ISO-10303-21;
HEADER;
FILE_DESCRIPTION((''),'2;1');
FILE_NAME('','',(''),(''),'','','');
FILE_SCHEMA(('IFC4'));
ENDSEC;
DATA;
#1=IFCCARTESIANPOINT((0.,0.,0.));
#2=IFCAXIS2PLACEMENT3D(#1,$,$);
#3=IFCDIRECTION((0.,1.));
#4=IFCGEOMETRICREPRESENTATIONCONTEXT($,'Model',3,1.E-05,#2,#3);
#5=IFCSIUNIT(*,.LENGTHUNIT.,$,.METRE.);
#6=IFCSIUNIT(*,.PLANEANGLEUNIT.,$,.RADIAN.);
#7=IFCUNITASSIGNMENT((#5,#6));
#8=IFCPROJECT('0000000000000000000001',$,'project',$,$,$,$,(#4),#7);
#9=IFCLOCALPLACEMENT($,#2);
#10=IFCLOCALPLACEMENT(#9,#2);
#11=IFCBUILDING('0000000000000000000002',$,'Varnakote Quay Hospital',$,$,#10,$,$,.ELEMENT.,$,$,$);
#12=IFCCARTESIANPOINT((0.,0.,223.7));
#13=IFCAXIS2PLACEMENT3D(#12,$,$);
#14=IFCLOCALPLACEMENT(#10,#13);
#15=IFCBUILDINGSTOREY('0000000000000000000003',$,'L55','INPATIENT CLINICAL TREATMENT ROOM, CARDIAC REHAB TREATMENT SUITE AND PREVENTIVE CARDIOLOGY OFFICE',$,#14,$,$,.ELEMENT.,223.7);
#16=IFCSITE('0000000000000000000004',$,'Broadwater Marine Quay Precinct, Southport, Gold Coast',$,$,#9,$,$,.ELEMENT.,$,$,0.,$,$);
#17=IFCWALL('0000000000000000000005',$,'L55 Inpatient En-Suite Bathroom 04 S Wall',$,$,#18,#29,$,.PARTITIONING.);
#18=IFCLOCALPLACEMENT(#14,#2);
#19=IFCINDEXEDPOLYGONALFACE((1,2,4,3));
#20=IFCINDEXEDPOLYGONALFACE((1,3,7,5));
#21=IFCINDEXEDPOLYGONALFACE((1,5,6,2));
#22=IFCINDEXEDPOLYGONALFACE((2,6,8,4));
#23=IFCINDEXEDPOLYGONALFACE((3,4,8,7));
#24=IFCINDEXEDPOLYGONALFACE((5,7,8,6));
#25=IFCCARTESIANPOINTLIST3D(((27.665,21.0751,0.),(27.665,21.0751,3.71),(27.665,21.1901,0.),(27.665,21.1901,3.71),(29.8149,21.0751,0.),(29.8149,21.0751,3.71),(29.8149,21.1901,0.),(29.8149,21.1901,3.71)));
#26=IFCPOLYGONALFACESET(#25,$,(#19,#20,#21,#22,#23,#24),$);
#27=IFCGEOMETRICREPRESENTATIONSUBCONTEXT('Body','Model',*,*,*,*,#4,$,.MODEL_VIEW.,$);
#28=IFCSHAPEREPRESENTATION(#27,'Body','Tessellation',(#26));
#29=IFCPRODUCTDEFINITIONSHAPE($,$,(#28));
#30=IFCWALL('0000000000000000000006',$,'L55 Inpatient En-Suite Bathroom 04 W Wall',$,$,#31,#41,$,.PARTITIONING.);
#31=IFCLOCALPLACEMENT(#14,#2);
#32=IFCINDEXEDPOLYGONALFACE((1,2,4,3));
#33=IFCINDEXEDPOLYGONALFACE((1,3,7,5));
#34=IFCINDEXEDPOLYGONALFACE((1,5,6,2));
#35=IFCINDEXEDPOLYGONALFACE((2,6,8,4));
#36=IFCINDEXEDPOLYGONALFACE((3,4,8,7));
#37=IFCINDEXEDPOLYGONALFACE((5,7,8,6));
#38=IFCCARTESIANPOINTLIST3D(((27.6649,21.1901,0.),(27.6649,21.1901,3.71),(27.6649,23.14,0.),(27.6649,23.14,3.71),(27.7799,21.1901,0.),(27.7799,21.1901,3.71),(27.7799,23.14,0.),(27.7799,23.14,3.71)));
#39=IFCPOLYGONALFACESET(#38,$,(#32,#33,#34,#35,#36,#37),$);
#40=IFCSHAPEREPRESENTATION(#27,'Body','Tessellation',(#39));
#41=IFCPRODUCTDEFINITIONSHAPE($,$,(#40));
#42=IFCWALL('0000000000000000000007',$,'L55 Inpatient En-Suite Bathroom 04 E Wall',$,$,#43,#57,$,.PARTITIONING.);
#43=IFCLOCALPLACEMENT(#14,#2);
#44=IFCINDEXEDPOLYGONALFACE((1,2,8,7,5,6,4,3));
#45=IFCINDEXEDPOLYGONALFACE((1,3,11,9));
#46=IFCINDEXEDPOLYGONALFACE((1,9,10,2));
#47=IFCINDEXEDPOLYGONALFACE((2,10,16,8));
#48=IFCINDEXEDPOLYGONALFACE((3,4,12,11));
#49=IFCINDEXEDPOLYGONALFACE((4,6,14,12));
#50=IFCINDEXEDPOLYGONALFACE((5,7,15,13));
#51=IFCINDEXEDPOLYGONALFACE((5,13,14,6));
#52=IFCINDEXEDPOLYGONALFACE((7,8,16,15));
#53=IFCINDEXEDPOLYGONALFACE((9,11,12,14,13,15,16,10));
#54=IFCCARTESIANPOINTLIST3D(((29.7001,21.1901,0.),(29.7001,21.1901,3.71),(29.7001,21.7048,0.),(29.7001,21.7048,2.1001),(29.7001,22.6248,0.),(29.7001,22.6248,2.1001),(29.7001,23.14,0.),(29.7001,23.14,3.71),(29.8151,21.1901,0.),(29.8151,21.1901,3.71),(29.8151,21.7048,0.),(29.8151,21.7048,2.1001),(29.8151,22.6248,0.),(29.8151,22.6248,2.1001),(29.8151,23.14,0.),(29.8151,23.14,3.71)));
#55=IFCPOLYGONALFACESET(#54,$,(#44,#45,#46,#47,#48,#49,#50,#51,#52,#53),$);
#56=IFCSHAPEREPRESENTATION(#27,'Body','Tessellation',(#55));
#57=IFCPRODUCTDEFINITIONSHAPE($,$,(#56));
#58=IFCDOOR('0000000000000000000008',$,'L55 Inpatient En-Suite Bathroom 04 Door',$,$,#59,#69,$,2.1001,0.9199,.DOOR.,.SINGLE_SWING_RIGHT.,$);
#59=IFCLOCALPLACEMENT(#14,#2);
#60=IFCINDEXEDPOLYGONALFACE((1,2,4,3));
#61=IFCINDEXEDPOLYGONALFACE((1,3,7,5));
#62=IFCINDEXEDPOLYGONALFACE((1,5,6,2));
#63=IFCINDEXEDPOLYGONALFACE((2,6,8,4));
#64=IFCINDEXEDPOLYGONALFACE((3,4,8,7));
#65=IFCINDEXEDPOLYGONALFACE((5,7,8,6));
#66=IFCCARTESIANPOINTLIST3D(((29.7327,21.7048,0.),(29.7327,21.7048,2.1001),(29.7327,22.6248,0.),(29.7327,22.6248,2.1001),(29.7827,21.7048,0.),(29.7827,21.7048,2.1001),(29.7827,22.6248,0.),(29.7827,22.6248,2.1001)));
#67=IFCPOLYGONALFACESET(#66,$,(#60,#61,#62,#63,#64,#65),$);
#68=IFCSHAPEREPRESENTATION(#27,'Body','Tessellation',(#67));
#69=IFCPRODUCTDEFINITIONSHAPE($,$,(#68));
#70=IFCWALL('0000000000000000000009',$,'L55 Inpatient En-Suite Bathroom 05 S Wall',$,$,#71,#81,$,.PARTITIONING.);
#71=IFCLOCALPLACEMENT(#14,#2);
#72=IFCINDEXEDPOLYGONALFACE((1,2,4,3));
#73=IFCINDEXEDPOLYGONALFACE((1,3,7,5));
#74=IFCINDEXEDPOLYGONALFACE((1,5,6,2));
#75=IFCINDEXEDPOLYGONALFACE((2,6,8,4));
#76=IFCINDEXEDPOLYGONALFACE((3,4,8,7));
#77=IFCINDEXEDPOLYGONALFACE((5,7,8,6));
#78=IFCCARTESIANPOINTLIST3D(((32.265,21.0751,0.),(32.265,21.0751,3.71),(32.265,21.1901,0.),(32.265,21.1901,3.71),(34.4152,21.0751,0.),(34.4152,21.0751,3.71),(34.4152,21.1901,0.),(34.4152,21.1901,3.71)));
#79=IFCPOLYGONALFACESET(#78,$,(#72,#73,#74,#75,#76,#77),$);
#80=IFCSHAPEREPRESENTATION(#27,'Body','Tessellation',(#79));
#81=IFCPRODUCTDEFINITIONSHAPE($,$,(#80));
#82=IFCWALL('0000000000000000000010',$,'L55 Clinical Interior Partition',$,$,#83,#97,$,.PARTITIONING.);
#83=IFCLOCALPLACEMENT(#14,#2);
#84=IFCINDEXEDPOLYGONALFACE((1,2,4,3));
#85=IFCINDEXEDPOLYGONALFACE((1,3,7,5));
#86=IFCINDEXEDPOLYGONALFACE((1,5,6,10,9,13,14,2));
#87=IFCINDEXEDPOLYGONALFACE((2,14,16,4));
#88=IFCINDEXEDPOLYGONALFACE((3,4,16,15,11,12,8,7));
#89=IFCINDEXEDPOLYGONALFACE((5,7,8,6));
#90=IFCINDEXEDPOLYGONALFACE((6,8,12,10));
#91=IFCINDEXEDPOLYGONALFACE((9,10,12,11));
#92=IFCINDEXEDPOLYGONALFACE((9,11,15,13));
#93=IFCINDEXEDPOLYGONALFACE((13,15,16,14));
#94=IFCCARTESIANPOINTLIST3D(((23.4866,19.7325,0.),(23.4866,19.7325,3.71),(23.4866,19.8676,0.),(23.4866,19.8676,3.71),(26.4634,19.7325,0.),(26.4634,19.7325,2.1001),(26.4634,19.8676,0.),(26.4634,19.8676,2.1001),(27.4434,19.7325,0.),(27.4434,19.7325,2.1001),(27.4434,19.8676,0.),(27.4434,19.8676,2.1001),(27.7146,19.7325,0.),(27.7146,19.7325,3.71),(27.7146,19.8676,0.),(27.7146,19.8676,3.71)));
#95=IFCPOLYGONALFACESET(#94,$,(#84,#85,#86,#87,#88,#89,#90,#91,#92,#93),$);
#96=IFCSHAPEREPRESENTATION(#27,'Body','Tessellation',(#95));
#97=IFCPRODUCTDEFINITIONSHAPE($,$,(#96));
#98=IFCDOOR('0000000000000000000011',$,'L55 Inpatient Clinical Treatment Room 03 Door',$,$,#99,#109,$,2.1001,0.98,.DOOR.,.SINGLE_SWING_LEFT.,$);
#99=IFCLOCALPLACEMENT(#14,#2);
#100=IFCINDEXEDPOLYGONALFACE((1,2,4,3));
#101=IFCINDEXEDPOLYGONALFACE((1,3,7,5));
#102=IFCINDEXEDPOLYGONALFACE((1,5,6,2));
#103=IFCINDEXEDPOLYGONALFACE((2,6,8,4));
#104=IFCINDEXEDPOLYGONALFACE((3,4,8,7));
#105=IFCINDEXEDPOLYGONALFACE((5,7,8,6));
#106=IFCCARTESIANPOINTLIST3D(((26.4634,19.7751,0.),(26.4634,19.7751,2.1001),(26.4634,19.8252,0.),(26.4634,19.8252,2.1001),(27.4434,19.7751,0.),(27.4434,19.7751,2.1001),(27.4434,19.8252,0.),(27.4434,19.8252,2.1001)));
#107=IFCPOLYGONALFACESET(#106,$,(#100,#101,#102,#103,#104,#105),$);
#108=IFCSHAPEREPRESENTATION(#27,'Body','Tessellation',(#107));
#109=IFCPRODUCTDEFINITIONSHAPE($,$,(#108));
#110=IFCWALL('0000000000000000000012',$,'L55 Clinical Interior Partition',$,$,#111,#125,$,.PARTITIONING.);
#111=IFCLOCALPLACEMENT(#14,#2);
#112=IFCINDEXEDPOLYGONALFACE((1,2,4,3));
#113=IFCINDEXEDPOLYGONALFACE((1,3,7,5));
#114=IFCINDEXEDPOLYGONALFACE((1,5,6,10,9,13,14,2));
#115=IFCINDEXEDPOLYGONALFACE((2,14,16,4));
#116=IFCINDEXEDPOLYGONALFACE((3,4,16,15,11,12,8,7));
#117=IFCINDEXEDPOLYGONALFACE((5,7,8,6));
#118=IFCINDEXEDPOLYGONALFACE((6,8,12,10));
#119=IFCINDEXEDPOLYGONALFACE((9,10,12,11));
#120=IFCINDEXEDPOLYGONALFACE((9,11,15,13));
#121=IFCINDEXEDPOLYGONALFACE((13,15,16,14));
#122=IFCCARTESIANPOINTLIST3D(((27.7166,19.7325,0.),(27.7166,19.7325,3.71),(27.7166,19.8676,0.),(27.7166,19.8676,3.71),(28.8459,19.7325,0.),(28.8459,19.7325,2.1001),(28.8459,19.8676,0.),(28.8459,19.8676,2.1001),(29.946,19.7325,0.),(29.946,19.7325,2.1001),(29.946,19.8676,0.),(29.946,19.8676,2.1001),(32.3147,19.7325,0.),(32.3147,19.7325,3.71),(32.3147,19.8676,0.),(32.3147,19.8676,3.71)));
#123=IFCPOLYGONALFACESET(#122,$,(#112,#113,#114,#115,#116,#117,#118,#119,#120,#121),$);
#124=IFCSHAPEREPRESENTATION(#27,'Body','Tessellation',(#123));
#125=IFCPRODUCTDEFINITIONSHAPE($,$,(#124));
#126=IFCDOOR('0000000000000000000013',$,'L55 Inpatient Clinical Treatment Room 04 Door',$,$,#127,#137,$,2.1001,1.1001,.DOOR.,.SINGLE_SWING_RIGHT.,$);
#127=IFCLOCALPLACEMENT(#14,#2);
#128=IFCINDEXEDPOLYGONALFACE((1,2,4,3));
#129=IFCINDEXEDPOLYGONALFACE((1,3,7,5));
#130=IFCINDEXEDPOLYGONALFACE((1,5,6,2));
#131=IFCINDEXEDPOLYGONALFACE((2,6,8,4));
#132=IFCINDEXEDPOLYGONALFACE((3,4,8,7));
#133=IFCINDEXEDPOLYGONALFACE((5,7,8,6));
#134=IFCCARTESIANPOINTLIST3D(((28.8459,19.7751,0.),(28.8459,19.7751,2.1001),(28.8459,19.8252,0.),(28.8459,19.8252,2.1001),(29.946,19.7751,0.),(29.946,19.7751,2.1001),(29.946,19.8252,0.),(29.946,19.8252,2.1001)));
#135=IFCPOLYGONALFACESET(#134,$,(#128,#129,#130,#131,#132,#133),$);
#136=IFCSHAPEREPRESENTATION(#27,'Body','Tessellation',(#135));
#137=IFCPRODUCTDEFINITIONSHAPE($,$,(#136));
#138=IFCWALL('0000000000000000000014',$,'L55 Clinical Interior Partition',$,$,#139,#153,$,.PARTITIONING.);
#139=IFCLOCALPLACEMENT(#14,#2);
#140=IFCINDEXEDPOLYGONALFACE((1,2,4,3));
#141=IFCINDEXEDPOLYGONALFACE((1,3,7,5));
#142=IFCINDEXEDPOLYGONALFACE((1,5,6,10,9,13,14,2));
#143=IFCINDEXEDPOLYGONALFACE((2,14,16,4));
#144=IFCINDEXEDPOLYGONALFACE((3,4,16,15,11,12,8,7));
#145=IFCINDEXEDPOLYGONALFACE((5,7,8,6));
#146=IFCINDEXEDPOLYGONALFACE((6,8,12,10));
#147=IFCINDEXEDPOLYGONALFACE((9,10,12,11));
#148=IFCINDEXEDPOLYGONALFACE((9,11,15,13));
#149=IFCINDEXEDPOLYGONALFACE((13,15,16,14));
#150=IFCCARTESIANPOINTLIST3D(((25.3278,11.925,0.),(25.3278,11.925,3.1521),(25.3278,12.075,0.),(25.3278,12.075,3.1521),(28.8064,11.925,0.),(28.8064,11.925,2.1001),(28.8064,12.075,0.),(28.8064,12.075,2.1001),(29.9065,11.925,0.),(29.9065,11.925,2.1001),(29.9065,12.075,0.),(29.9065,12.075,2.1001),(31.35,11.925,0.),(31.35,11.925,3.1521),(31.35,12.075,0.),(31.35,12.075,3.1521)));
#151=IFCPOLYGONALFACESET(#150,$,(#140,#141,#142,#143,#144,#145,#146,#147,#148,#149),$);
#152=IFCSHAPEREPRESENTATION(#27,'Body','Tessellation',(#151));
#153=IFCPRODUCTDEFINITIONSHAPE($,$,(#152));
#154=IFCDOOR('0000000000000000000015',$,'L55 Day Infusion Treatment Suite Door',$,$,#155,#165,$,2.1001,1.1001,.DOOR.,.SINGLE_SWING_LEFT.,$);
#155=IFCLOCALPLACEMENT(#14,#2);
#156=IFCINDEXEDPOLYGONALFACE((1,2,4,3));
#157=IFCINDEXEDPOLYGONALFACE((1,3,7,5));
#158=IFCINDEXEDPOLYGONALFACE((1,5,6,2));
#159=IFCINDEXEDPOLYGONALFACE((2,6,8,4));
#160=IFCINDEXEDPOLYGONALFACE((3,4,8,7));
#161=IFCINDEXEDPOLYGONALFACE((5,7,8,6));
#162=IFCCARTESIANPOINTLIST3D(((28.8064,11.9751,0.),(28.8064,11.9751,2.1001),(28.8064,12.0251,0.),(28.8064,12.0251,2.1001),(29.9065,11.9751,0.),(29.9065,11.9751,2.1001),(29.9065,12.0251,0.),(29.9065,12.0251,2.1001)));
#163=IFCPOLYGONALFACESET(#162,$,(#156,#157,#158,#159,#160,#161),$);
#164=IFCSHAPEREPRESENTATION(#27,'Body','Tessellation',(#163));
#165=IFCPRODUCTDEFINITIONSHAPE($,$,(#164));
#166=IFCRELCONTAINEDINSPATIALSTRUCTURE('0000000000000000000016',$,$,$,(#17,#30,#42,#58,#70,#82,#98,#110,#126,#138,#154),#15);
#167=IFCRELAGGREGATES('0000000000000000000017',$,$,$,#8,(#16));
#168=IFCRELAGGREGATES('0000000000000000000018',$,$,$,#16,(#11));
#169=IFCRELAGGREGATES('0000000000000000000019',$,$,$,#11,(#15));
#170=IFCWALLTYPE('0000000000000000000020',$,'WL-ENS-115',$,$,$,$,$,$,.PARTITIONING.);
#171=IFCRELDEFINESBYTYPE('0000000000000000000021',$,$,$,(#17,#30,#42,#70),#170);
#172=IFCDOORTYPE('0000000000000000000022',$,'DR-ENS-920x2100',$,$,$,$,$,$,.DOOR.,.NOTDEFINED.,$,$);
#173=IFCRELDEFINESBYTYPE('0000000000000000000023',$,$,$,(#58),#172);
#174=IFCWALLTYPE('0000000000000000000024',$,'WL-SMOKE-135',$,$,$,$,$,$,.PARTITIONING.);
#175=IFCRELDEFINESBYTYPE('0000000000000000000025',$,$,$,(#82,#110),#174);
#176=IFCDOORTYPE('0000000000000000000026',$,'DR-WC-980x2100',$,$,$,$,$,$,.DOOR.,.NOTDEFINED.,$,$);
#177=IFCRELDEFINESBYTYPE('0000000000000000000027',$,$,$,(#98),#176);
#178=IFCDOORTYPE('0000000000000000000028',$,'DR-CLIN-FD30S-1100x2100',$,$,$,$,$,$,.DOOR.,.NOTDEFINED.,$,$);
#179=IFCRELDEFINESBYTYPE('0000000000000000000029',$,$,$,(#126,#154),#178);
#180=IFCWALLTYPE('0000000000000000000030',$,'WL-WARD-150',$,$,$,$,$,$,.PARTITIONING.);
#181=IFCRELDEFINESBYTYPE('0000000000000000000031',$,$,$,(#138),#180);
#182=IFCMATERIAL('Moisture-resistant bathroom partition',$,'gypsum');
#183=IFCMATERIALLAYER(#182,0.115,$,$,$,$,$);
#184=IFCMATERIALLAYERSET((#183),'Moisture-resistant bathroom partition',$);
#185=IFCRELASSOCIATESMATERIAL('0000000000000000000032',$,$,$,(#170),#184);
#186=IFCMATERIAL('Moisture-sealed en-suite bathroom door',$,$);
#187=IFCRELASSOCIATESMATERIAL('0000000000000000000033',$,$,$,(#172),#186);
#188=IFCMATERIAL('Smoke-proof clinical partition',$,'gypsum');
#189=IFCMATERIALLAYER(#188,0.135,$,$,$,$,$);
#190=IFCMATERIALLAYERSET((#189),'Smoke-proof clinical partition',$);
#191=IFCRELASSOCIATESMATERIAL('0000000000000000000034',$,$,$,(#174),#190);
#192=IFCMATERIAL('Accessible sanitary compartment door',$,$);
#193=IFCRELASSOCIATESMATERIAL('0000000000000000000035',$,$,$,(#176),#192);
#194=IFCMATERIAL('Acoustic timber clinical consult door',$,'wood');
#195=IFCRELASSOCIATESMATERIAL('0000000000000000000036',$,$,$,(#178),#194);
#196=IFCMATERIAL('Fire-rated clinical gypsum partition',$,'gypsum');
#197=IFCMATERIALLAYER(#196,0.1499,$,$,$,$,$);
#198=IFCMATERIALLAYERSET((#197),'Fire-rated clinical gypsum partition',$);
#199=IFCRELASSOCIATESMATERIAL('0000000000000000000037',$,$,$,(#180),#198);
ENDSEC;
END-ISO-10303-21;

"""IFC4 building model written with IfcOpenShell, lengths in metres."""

from ifc_helpers import new_model, si_unit, direction, frame, frame_2d, origin, place, context, subcontext, project, spatial, rectangle, extrude, material, layer, layer_set, type_object, element, fill, save


model = new_model("IFC4")

# Units and contexts
model_context = context("Model", 3, precision=1e-05, world=origin(), true_north=direction((0.0, 1.0)))
body_context = subcontext(model_context, "Body", "Model", "MODEL_VIEW")
ifc_project = project(units=[si_unit("LENGTHUNIT", "METRE"), si_unit("PLANEANGLEUNIT", "RADIAN")], contexts=[model_context])

# Site, building, storey
site_placement = place(None, origin())
site = spatial("IfcSite", under=ifc_project, at=site_placement, Name="Broadwater Marine Quay Precinct, Southport, Gold Coast", CompositionType="ELEMENT", RefElevation=0.0)
building_placement = place(site_placement, origin())
building = spatial("IfcBuilding", under=site, at=building_placement, Name="Varnakote Quay Hospital", CompositionType="ELEMENT")
storey_placement = place(building_placement, frame((0.0, 0.0, 223.7)))
storey = spatial("IfcBuildingStorey", under=building, at=storey_placement, Name="L55", Description="INPATIENT CLINICAL TREATMENT ROOM, CARDIAC REHAB TREATMENT SUITE AND PREVENTIVE CARDIOLOGY OFFICE", CompositionType="ELEMENT", Elevation=223.7)

# Shared definitions
ifc_material_1 = material(Name="Moisture-resistant bathroom partition", Category="gypsum")
ifc_layer_1 = layer(ifc_material_1, 0.115)
ifc_layer_set_1 = layer_set([ifc_layer_1], Name="Moisture-resistant bathroom partition")
wall_type_1 = type_object("IfcWallType", Name="WL-ENS-115", PredefinedType="PARTITIONING", material=ifc_layer_set_1)
ifc_material_2 = material(Name="Moisture-sealed en-suite bathroom door")
door_type_1 = type_object("IfcDoorType", Name="DR-ENS-920x2100", OperationType="NOTDEFINED", PredefinedType="DOOR", material=ifc_material_2)

# Walls
wall_1_placement = place(storey_placement, frame((27.665, 21.1326, 0.0), z_axis=(0.0, 0.0, 1.0), x_axis=(1.0, 0.0, 0.0)))
element("IfcWall", 1, at=wall_1_placement, inside=storey, type_object=wall_type_1, Name="L55 Inpatient En-Suite Bathroom 04 S Wall", PredefinedType="PARTITIONING", context=body_context, shape_type="SweptSolid", body=[
    extrude(rectangle(XDim=2.1499, YDim=0.115, at=frame_2d((1.075, 0.0))), origin(), (0.0, 0.0, 1.0), 3.71),
])
wall_2_placement = place(storey_placement, frame((27.7224, 21.1899, 0.0), z_axis=(0.0, 0.0, 1.0), x_axis=(0.0, 1.0, 0.0)))
element("IfcWall", 2, at=wall_2_placement, inside=storey, type_object=wall_type_1, Name="L55 Inpatient En-Suite Bathroom 04 W Wall", PredefinedType="PARTITIONING", context=body_context, shape_type="SweptSolid", body=[
    extrude(rectangle(XDim=1.95, YDim=0.115, at=frame_2d((0.9751, 0.0))), origin(), (0.0, 0.0, 1.0), 3.71),
])

# Wall, opening, door
wall_3_placement = place(storey_placement, frame((29.7576, 21.1899, 0.0), z_axis=(0.0, 0.0, 1.0), x_axis=(0.0, 1.0, 0.0)))
wall_3 = element("IfcWall", 3, at=wall_3_placement, inside=storey, type_object=wall_type_1, Name="L55 Inpatient En-Suite Bathroom 04 E Wall", PredefinedType="PARTITIONING", context=body_context, shape_type="SweptSolid", body=[
    extrude(rectangle(XDim=1.95, YDim=0.115, at=frame_2d((0.9751, 0.0))), origin(), (0.0, 0.0, 1.0), 3.71),
])
opening_1_placement = place(wall_3_placement, frame((0.5149, 0.0, 0.0)))
opening_1 = element("IfcOpeningElement", 4, at=opening_1_placement, cuts=wall_3, PredefinedType="OPENING", context=body_context, shape_type="SweptSolid", body=[
    extrude(rectangle(XDim=0.9199, YDim=2.1001, at=frame_2d((0.46, 1.05))), frame((0.0, 0.0674, 0.0), z_axis=(0.0, -1.0, 0.0), x_axis=(1.0, 0.0, 0.0)), (0.0, 0.0, 1.0), 0.135),
])
door_1_placement = place(opening_1_placement, origin())
door_1 = element("IfcDoor", 5, at=door_1_placement, inside=storey, type_object=door_type_1, Name="L55 Inpatient En-Suite Bathroom 04 Door", OperationType="SINGLE_SWING_RIGHT", OverallHeight=2.1001, OverallWidth=0.9199, PredefinedType="DOOR", context=body_context, shape_type="SweptSolid", body=[
    extrude(rectangle(XDim=0.9199, YDim=2.1001, at=frame_2d((0.46, 1.05))), frame((0.0, 0.0249, 0.0), z_axis=(0.0, -1.0, 0.0), x_axis=(1.0, 0.0, 0.0)), (0.0, 0.0, 1.0), 0.05),
])
fill(opening_1, door_1)

# Wall
wall_4_placement = place(storey_placement, frame((32.2649, 21.1326, 0.0), z_axis=(0.0, 0.0, 1.0), x_axis=(1.0, 0.0, 0.0)))
element("IfcWall", 6, at=wall_4_placement, inside=storey, type_object=wall_type_1, Name="L55 Inpatient En-Suite Bathroom 05 S Wall", PredefinedType="PARTITIONING", context=body_context, shape_type="SweptSolid", body=[
    extrude(rectangle(XDim=2.1501, YDim=0.115, at=frame_2d((1.0752, 0.0))), origin(), (0.0, 0.0, 1.0), 3.71),
])

# Walls, openings, doors
ifc_material_3 = material(Name="Smoke-proof clinical partition", Category="gypsum")
ifc_layer_2 = layer(ifc_material_3, 0.135)
ifc_layer_set_2 = layer_set([ifc_layer_2], Name="Smoke-proof clinical partition")
wall_type_2 = type_object("IfcWallType", Name="WL-SMOKE-135", PredefinedType="PARTITIONING", material=ifc_layer_set_2)
wall_5_placement = place(storey_placement, frame((27.7146, 19.8, 0.0), z_axis=(0.0, 0.0, 1.0), x_axis=(-1.0, 0.0, 0.0)))
wall_5 = element("IfcWall", 7, at=wall_5_placement, inside=storey, type_object=wall_type_2, Name="L55 Clinical Interior Partition", PredefinedType="PARTITIONING", context=body_context, shape_type="SweptSolid", body=[
    extrude(rectangle(XDim=4.228, YDim=0.135, at=frame_2d((2.114, 0.0))), origin(), (0.0, 0.0, 1.0), 3.71),
])
opening_2_placement = place(wall_5_placement, frame((0.2712, 0.0, 0.0)))
opening_2 = element("IfcOpeningElement", 8, at=opening_2_placement, cuts=wall_5, PredefinedType="OPENING", context=body_context, shape_type="SweptSolid", body=[
    extrude(rectangle(XDim=0.98, YDim=2.1001, at=frame_2d((0.49, 1.05))), frame((0.0, 0.0774, 0.0), z_axis=(0.0, -1.0, 0.0), x_axis=(1.0, 0.0, 0.0)), (0.0, 0.0, 1.0), 0.155),
])
ifc_material_4 = material(Name="Accessible sanitary compartment door")
door_type_2 = type_object("IfcDoorType", Name="DR-WC-980x2100", OperationType="NOTDEFINED", PredefinedType="DOOR", material=ifc_material_4)
door_2_placement = place(opening_2_placement, origin())
door_2 = element("IfcDoor", 9, at=door_2_placement, inside=storey, type_object=door_type_2, Name="L55 Inpatient Clinical Treatment Room 03 Door", OperationType="SINGLE_SWING_LEFT", OverallHeight=2.1001, OverallWidth=0.98, PredefinedType="DOOR", context=body_context, shape_type="SweptSolid", body=[
    extrude(rectangle(XDim=0.98, YDim=2.1001, at=frame_2d((0.49, 1.05))), frame((0.0, 0.0249, 0.0), z_axis=(0.0, -1.0, 0.0), x_axis=(1.0, 0.0, 0.0)), (0.0, 0.0, 1.0), 0.05),
])
fill(opening_2, door_2)
wall_6_placement = place(storey_placement, frame((32.3147, 19.8, 0.0), z_axis=(0.0, 0.0, 1.0), x_axis=(-1.0, 0.0, 0.0)))
wall_6 = element("IfcWall", 10, at=wall_6_placement, inside=storey, type_object=wall_type_2, Name="L55 Clinical Interior Partition", PredefinedType="PARTITIONING", context=body_context, shape_type="SweptSolid", body=[
    extrude(rectangle(XDim=4.5981, YDim=0.135, at=frame_2d((2.2991, 0.0))), origin(), (0.0, 0.0, 1.0), 3.71),
])
opening_3_placement = place(wall_6_placement, frame((2.3687, 0.0, 0.0)))
opening_3 = element("IfcOpeningElement", 11, at=opening_3_placement, cuts=wall_6, PredefinedType="OPENING", context=body_context, shape_type="SweptSolid", body=[
    extrude(rectangle(XDim=1.1001, YDim=2.1001, at=frame_2d((0.55, 1.05))), frame((0.0, 0.0774, 0.0), z_axis=(0.0, -1.0, 0.0), x_axis=(1.0, 0.0, 0.0)), (0.0, 0.0, 1.0), 0.155),
])
ifc_material_5 = material(Name="Acoustic timber clinical consult door", Category="wood")
door_type_3 = type_object("IfcDoorType", Name="DR-CLIN-FD30S-1100x2100", OperationType="NOTDEFINED", PredefinedType="DOOR", material=ifc_material_5)
door_3_placement = place(opening_3_placement, origin())
door_3 = element("IfcDoor", 12, at=door_3_placement, inside=storey, type_object=door_type_3, Name="L55 Inpatient Clinical Treatment Room 04 Door", OperationType="SINGLE_SWING_RIGHT", OverallHeight=2.1001, OverallWidth=1.1001, PredefinedType="DOOR", context=body_context, shape_type="SweptSolid", body=[
    extrude(rectangle(XDim=1.1001, YDim=2.1001, at=frame_2d((0.55, 1.05))), frame((0.0, 0.0249, 0.0), z_axis=(0.0, -1.0, 0.0), x_axis=(1.0, 0.0, 0.0)), (0.0, 0.0, 1.0), 0.05),
])
fill(opening_3, door_3)
ifc_material_6 = material(Name="Fire-rated clinical gypsum partition", Category="gypsum")
ifc_layer_3 = layer(ifc_material_6, 0.1499)
ifc_layer_set_3 = layer_set([ifc_layer_3], Name="Fire-rated clinical gypsum partition")
wall_type_3 = type_object("IfcWallType", Name="WL-WARD-150", PredefinedType="PARTITIONING", material=ifc_layer_set_3)
wall_7_placement = place(storey_placement, frame((31.3501, 12.0, 0.0), z_axis=(0.0, 0.0, 1.0), x_axis=(-1.0, 0.0, 0.0)))
wall_7 = element("IfcWall", 13, at=wall_7_placement, inside=storey, type_object=wall_type_3, Name="L55 Clinical Interior Partition", PredefinedType="PARTITIONING", context=body_context, shape_type="SweptSolid", body=[
    extrude(rectangle(XDim=6.0222, YDim=0.1499, at=frame_2d((3.0112, 0.0))), origin(), (0.0, 0.0, 1.0), 3.1521),
])
opening_4_placement = place(wall_7_placement, frame((1.4436, 0.0, 0.0)))
opening_4 = element("IfcOpeningElement", 14, at=opening_4_placement, cuts=wall_7, PredefinedType="OPENING", context=body_context, shape_type="SweptSolid", body=[
    extrude(rectangle(XDim=1.1001, YDim=2.1001, at=frame_2d((0.55, 1.05))), frame((0.0, 0.085, 0.0), z_axis=(0.0, -1.0, 0.0), x_axis=(1.0, 0.0, 0.0)), (0.0, 0.0, 1.0), 0.1699),
])
door_4_placement = place(opening_4_placement, origin())
door_4 = element("IfcDoor", 15, at=door_4_placement, inside=storey, type_object=door_type_3, Name="L55 Day Infusion Treatment Suite Door", OperationType="SINGLE_SWING_LEFT", OverallHeight=2.1001, OverallWidth=1.1001, PredefinedType="DOOR", context=body_context, shape_type="SweptSolid", body=[
    extrude(rectangle(XDim=1.1001, YDim=2.1001, at=frame_2d((0.55, 1.05))), frame((0.0, 0.0249, 0.0), z_axis=(0.0, -1.0, 0.0), x_axis=(1.0, 0.0, 0.0)), (0.0, 0.0, 1.0), 0.05),
])
fill(opening_4, door_4)

save(model, "model.ifc")
